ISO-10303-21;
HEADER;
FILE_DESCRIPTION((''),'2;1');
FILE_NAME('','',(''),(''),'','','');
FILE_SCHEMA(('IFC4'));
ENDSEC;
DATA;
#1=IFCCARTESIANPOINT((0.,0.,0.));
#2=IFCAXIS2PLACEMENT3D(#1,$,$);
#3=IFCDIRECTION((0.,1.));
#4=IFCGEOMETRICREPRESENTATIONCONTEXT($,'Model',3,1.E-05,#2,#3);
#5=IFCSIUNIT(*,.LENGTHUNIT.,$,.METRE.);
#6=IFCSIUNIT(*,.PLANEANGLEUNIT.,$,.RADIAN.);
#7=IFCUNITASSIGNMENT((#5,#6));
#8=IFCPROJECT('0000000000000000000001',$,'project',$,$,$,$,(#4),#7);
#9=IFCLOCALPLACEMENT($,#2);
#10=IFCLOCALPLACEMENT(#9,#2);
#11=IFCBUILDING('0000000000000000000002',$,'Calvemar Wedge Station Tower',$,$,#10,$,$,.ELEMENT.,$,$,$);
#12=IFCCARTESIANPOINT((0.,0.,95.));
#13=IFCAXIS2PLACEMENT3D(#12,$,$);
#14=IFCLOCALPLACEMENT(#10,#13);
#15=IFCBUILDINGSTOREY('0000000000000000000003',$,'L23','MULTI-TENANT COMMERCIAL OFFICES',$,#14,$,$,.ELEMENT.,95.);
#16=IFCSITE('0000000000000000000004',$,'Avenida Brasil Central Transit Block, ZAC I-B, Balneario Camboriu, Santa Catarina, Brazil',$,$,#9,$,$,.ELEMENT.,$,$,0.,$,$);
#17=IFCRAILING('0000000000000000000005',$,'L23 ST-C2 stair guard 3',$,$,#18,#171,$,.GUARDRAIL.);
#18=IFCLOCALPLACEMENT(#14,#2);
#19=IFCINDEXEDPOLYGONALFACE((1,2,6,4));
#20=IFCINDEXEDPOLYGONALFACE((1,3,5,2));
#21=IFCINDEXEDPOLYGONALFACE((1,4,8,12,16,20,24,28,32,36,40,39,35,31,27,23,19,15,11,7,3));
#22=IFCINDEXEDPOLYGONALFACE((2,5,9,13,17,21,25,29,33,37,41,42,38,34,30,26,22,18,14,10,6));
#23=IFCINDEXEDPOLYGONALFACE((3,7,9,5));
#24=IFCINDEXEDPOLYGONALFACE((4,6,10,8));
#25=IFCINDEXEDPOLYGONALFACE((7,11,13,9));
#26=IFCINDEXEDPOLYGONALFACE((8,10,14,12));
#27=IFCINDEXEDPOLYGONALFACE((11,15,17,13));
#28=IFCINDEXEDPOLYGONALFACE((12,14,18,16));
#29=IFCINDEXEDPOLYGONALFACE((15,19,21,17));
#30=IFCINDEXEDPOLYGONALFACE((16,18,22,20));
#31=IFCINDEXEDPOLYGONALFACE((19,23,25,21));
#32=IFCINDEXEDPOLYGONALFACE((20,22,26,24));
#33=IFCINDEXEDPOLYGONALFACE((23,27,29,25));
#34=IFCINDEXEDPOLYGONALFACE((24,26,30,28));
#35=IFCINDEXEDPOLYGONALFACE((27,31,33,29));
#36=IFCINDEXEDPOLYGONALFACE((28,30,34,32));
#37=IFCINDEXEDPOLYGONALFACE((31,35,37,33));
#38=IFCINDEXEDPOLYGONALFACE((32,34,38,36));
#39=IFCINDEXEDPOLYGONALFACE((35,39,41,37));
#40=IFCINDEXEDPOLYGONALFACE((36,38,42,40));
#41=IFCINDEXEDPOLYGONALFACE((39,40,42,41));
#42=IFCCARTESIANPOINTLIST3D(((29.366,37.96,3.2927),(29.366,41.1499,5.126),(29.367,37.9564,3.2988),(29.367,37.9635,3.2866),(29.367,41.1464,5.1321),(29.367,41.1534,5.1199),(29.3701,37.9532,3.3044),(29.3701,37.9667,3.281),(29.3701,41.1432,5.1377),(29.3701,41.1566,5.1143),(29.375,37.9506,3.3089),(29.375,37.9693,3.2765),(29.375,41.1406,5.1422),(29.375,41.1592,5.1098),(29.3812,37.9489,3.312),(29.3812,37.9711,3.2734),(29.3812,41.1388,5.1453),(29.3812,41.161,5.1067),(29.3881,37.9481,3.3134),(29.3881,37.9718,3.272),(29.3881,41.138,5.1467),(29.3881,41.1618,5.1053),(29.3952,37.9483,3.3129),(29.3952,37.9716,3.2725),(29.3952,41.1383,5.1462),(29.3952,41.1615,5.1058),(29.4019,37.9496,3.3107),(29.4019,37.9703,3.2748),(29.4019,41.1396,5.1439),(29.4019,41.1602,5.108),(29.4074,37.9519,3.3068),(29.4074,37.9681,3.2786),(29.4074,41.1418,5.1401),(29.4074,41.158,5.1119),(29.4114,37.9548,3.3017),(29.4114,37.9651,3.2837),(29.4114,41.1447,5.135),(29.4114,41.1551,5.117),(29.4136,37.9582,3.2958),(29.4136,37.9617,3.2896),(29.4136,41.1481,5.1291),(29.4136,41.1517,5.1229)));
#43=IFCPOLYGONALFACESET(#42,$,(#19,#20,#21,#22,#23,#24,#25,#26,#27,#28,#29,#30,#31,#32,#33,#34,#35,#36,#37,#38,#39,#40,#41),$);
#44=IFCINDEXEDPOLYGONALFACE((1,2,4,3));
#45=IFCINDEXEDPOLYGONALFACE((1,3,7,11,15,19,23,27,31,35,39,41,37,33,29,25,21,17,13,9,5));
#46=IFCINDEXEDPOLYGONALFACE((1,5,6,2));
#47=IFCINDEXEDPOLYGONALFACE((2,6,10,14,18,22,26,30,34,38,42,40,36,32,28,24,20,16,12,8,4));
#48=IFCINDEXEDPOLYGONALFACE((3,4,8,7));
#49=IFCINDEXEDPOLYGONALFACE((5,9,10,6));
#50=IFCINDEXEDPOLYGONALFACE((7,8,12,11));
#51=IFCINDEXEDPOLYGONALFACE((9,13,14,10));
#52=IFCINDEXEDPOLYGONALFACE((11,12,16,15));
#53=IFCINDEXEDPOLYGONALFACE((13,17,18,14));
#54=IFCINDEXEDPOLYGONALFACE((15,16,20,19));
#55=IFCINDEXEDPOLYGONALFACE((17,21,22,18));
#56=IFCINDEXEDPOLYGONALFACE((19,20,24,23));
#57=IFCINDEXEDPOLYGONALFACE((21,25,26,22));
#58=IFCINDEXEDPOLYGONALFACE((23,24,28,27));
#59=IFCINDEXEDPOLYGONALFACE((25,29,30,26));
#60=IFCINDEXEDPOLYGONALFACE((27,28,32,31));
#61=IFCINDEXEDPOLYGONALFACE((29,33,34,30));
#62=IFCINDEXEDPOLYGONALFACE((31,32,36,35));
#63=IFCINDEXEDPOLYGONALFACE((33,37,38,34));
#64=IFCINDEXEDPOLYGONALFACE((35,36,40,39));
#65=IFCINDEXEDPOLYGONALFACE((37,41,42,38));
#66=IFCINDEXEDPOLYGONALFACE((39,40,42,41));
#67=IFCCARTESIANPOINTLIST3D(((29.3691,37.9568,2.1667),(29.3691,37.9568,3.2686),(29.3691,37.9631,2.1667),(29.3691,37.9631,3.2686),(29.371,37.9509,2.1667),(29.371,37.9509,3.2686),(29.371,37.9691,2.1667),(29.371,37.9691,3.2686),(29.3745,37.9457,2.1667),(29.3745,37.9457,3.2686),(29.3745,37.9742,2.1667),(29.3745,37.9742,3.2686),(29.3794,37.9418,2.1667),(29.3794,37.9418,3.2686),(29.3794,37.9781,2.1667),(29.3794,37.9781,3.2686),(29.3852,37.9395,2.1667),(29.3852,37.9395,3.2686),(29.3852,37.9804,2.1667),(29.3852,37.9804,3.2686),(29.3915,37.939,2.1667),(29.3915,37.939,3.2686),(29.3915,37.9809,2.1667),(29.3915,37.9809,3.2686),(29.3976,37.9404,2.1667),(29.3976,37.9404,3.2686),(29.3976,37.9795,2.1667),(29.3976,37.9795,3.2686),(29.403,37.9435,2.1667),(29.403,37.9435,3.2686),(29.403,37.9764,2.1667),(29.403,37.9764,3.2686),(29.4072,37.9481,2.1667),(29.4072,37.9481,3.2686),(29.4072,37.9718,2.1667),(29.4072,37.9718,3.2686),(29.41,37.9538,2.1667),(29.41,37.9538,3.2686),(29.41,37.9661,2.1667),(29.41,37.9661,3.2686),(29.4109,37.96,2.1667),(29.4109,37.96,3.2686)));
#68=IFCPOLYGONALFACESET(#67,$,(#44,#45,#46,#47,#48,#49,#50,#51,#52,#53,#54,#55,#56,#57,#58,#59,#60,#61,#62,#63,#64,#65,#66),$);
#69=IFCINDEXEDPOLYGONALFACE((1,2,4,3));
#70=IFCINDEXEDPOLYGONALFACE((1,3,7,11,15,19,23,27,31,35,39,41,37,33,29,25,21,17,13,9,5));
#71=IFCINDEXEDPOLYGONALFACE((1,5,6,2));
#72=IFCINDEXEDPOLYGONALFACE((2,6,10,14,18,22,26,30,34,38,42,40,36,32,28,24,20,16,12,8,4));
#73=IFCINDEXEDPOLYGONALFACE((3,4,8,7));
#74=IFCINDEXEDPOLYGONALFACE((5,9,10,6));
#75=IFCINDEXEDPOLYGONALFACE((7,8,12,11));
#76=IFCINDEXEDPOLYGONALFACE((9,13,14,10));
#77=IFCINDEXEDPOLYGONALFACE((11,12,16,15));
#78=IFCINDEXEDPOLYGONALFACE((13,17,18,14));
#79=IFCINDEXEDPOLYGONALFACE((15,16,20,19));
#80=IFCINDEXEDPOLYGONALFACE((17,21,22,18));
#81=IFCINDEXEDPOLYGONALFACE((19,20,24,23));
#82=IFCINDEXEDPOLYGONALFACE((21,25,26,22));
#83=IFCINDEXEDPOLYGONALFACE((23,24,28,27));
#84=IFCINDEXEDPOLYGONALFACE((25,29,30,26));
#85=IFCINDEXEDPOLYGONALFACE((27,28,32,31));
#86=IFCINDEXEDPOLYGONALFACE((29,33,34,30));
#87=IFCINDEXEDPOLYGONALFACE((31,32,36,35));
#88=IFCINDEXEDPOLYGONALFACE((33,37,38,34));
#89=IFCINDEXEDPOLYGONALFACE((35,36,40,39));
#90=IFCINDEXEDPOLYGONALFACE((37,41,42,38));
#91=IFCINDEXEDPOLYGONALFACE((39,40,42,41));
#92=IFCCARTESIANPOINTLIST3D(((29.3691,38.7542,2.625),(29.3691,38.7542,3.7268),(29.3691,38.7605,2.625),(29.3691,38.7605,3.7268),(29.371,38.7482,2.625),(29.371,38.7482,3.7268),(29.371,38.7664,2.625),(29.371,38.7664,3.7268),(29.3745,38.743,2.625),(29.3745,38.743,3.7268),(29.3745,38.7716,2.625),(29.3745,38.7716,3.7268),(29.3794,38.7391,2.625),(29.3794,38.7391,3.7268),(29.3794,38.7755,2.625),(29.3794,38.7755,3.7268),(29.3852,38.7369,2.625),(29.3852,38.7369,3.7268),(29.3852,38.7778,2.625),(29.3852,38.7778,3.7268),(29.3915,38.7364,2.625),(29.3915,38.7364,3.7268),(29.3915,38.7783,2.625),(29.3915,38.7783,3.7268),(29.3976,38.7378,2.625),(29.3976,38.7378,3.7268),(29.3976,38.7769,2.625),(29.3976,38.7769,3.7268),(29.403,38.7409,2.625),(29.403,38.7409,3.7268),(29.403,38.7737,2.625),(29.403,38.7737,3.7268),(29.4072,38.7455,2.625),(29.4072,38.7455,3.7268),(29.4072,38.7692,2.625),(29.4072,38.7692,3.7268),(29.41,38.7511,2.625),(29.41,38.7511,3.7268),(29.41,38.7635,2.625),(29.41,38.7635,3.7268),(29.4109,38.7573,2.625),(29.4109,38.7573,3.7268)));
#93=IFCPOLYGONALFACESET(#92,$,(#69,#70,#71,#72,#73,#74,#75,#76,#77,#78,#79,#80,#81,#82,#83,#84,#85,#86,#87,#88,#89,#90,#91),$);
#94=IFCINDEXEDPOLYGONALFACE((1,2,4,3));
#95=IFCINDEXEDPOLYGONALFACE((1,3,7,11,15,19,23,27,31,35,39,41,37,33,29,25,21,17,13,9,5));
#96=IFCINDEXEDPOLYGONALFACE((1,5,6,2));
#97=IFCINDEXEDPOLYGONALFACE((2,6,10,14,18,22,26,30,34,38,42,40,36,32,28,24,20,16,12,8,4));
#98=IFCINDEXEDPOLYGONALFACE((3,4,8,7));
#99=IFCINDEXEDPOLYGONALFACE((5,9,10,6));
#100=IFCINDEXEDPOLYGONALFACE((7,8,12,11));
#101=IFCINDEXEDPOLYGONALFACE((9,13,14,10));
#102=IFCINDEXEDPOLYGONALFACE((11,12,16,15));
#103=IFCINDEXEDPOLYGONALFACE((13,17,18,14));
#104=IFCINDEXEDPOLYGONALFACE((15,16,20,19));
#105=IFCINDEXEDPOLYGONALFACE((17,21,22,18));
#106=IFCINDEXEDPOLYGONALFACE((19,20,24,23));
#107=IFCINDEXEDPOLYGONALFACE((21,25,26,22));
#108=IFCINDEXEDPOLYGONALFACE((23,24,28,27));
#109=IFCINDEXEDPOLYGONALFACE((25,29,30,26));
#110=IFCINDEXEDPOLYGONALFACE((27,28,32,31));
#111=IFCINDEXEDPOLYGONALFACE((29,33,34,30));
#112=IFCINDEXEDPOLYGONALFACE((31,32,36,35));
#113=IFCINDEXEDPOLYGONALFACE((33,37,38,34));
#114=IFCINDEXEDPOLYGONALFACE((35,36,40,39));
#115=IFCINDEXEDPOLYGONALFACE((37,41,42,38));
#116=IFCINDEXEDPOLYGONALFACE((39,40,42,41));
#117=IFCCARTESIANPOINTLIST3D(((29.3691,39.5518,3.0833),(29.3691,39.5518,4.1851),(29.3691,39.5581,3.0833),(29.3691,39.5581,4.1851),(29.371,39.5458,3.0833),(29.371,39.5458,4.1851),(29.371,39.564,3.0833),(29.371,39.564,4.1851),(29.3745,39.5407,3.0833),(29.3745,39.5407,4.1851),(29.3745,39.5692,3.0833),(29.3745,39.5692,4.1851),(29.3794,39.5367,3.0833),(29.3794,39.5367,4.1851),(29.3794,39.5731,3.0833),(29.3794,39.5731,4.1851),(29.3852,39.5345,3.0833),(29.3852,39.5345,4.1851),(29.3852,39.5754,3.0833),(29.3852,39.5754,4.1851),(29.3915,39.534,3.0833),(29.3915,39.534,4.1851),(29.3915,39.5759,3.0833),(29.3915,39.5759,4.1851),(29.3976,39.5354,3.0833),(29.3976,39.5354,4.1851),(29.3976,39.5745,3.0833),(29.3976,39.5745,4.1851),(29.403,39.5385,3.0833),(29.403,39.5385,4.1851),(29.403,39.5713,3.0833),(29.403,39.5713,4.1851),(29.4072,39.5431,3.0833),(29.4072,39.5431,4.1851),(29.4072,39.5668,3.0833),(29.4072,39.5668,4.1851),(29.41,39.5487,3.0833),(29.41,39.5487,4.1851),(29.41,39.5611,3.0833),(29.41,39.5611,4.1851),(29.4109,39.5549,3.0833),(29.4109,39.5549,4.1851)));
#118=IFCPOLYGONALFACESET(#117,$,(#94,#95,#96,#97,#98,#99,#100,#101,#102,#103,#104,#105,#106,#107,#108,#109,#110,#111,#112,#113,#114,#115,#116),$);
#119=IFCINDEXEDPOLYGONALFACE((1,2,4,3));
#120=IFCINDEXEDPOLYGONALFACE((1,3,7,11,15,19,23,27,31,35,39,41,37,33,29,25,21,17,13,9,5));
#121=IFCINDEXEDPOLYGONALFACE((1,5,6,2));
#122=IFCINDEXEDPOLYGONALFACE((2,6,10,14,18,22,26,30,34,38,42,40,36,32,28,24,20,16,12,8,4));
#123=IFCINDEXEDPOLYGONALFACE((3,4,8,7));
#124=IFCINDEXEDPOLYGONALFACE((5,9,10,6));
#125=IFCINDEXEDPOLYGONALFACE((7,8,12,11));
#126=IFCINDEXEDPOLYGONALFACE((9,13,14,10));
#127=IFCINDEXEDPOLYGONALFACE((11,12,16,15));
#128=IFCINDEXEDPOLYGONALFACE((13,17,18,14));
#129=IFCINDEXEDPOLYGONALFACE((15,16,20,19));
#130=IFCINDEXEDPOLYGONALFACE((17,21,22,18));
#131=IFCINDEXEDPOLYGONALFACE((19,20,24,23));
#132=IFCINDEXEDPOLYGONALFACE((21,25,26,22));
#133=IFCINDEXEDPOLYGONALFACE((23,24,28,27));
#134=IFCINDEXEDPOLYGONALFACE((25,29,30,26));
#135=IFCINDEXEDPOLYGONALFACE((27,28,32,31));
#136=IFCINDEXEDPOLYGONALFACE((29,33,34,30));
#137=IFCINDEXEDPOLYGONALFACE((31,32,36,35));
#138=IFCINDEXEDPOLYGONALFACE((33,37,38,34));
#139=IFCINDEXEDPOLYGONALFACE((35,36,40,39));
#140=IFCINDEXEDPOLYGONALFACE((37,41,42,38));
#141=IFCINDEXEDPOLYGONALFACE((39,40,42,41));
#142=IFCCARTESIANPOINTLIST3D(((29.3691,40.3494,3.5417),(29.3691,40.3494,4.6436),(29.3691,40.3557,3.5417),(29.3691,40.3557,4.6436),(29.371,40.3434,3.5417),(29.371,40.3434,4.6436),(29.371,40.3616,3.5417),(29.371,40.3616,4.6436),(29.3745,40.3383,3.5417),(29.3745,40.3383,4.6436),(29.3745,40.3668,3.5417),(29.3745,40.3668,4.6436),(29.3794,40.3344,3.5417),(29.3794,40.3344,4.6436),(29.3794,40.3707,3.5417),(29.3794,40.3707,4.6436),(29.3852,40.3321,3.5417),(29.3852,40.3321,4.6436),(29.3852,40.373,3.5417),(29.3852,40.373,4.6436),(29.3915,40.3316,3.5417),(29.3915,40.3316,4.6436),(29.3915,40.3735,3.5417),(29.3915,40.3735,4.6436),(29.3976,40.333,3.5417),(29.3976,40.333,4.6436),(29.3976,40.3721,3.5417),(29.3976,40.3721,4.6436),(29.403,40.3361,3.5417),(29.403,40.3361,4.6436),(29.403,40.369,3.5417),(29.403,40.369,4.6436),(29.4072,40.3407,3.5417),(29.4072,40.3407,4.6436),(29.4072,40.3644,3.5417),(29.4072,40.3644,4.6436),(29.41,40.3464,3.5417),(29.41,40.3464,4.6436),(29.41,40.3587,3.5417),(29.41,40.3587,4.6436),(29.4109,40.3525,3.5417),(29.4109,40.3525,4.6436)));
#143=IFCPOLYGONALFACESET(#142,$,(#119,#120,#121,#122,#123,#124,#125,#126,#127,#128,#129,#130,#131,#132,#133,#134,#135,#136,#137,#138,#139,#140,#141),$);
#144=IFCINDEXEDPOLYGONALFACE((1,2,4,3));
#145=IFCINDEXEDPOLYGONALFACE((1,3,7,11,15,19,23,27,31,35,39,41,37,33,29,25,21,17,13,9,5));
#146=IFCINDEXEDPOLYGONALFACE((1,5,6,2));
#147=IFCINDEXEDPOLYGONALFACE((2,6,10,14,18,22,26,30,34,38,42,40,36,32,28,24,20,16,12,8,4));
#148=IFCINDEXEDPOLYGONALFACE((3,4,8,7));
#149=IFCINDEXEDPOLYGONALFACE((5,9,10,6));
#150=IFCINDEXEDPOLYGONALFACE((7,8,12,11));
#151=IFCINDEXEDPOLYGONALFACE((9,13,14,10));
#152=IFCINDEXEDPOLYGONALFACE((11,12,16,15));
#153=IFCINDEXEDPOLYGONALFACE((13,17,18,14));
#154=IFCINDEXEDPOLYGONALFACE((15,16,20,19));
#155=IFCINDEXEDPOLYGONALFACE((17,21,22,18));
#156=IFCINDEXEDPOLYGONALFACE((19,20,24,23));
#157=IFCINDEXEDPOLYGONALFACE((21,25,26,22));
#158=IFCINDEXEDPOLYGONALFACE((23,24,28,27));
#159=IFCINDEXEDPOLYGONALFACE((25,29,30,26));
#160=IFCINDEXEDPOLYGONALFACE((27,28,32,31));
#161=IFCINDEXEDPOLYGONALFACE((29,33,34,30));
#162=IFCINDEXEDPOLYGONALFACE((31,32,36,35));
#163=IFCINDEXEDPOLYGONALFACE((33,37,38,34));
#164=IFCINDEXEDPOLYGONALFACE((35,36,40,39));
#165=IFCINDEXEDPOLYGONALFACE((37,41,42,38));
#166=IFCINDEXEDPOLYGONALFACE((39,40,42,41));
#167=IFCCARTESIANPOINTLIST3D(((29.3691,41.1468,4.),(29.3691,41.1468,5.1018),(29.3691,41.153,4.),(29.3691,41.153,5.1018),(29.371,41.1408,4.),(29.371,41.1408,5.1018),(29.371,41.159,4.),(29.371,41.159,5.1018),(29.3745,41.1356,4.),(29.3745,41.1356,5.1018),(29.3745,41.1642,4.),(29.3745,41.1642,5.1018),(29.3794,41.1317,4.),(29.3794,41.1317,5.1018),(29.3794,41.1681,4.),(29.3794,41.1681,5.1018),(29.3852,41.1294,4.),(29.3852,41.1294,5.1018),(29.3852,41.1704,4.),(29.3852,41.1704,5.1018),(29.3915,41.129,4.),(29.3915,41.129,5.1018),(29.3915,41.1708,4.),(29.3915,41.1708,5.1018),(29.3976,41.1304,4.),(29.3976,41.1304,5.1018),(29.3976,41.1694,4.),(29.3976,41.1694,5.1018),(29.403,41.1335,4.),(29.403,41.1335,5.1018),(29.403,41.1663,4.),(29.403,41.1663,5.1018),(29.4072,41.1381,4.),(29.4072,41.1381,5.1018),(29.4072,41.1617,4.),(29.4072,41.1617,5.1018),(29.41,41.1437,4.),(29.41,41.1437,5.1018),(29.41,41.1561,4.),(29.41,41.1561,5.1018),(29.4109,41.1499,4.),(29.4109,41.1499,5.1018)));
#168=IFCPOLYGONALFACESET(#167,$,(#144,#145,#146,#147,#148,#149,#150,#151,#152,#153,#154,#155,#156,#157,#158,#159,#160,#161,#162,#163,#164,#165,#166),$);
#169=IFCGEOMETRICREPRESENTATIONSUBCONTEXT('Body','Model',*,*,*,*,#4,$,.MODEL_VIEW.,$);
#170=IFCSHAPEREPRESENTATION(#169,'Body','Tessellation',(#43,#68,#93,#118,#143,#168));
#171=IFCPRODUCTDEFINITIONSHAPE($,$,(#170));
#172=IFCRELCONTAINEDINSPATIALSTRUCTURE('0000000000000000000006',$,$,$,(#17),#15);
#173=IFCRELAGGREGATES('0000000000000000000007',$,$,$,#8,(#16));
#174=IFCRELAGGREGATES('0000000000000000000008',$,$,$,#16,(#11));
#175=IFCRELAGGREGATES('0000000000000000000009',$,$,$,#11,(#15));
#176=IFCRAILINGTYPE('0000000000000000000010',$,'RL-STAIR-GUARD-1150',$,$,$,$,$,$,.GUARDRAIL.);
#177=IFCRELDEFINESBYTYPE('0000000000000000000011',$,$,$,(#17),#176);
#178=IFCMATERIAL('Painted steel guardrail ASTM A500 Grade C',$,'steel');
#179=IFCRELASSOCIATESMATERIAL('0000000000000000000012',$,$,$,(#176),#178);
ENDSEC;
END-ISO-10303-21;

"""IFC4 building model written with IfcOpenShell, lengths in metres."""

from ifc_helpers import new_model, si_unit, direction, frame, origin, origin_2d, place, context, subcontext, project, spatial, circle, extrude, material, type_object, element, save


model = new_model("IFC4")

# Units and contexts
model_context = context("Model", 3, precision=1e-05, world=origin(), true_north=direction((0.0, 1.0)))
body_context = subcontext(model_context, "Body", "Model", "MODEL_VIEW")
ifc_project = project(units=[si_unit("LENGTHUNIT", "METRE"), si_unit("PLANEANGLEUNIT", "RADIAN")], contexts=[model_context])

# Site, building, storey
site_placement = place(None, origin())
site = spatial("IfcSite", under=ifc_project, at=site_placement, Name="Avenida Brasil Central Transit Block, ZAC I-B, Balneario Camboriu, Santa Catarina, Brazil", CompositionType="ELEMENT", RefElevation=0.0)
building_placement = place(site_placement, origin())
building = spatial("IfcBuilding", under=site, at=building_placement, Name="Calvemar Wedge Station Tower", CompositionType="ELEMENT")
storey_placement = place(building_placement, frame((0.0, 0.0, 95.0)))
storey = spatial("IfcBuildingStorey", under=building, at=storey_placement, Name="L23", Description="MULTI-TENANT COMMERCIAL OFFICES", CompositionType="ELEMENT", Elevation=95.0)

# Railing
ifc_material_1 = material(Name="Painted steel guardrail ASTM A500 Grade C", Category="steel")
railing_type_1 = type_object("IfcRailingType", Name="RL-STAIR-GUARD-1150", PredefinedType="GUARDRAIL", material=ifc_material_1)
railing_1_placement = place(storey_placement, frame((29.3899, 37.96, 2.1667)))
element("IfcRailing", 1, at=railing_1_placement, inside=storey, type_object=railing_type_1, Name="L23 ST-C2 stair guard 3", PredefinedType="GUARDRAIL", context=body_context, shape_type="SweptSolid", body=[
    extrude(circle(Radius=0.0239, at=origin_2d()), frame((0.0, 0.0, 1.126), z_axis=(0.0, 0.86702, 0.498274), x_axis=(-1.0, 0.0, 0.0)), (0.0, 0.0, 1.0), 3.6792),
    extrude(circle(Radius=0.021, at=origin_2d()), origin(), (0.0, 0.0, 1.0), 1.1018),
    extrude(circle(Radius=0.021, at=origin_2d()), frame((0.0, 0.7974, 0.4583)), (0.0, 0.0, 1.0), 1.1018),
    extrude(circle(Radius=0.021, at=origin_2d()), frame((0.0, 1.595, 0.9165)), (0.0, 0.0, 1.0), 1.1018),
    extrude(circle(Radius=0.021, at=origin_2d()), frame((0.0, 2.3926, 1.375)), (0.0, 0.0, 1.0), 1.1018),
    extrude(circle(Radius=0.021, at=origin_2d()), frame((0.0, 3.1899, 1.8333)), (0.0, 0.0, 1.0), 1.1018),
])

save(model, "model.ifc")
